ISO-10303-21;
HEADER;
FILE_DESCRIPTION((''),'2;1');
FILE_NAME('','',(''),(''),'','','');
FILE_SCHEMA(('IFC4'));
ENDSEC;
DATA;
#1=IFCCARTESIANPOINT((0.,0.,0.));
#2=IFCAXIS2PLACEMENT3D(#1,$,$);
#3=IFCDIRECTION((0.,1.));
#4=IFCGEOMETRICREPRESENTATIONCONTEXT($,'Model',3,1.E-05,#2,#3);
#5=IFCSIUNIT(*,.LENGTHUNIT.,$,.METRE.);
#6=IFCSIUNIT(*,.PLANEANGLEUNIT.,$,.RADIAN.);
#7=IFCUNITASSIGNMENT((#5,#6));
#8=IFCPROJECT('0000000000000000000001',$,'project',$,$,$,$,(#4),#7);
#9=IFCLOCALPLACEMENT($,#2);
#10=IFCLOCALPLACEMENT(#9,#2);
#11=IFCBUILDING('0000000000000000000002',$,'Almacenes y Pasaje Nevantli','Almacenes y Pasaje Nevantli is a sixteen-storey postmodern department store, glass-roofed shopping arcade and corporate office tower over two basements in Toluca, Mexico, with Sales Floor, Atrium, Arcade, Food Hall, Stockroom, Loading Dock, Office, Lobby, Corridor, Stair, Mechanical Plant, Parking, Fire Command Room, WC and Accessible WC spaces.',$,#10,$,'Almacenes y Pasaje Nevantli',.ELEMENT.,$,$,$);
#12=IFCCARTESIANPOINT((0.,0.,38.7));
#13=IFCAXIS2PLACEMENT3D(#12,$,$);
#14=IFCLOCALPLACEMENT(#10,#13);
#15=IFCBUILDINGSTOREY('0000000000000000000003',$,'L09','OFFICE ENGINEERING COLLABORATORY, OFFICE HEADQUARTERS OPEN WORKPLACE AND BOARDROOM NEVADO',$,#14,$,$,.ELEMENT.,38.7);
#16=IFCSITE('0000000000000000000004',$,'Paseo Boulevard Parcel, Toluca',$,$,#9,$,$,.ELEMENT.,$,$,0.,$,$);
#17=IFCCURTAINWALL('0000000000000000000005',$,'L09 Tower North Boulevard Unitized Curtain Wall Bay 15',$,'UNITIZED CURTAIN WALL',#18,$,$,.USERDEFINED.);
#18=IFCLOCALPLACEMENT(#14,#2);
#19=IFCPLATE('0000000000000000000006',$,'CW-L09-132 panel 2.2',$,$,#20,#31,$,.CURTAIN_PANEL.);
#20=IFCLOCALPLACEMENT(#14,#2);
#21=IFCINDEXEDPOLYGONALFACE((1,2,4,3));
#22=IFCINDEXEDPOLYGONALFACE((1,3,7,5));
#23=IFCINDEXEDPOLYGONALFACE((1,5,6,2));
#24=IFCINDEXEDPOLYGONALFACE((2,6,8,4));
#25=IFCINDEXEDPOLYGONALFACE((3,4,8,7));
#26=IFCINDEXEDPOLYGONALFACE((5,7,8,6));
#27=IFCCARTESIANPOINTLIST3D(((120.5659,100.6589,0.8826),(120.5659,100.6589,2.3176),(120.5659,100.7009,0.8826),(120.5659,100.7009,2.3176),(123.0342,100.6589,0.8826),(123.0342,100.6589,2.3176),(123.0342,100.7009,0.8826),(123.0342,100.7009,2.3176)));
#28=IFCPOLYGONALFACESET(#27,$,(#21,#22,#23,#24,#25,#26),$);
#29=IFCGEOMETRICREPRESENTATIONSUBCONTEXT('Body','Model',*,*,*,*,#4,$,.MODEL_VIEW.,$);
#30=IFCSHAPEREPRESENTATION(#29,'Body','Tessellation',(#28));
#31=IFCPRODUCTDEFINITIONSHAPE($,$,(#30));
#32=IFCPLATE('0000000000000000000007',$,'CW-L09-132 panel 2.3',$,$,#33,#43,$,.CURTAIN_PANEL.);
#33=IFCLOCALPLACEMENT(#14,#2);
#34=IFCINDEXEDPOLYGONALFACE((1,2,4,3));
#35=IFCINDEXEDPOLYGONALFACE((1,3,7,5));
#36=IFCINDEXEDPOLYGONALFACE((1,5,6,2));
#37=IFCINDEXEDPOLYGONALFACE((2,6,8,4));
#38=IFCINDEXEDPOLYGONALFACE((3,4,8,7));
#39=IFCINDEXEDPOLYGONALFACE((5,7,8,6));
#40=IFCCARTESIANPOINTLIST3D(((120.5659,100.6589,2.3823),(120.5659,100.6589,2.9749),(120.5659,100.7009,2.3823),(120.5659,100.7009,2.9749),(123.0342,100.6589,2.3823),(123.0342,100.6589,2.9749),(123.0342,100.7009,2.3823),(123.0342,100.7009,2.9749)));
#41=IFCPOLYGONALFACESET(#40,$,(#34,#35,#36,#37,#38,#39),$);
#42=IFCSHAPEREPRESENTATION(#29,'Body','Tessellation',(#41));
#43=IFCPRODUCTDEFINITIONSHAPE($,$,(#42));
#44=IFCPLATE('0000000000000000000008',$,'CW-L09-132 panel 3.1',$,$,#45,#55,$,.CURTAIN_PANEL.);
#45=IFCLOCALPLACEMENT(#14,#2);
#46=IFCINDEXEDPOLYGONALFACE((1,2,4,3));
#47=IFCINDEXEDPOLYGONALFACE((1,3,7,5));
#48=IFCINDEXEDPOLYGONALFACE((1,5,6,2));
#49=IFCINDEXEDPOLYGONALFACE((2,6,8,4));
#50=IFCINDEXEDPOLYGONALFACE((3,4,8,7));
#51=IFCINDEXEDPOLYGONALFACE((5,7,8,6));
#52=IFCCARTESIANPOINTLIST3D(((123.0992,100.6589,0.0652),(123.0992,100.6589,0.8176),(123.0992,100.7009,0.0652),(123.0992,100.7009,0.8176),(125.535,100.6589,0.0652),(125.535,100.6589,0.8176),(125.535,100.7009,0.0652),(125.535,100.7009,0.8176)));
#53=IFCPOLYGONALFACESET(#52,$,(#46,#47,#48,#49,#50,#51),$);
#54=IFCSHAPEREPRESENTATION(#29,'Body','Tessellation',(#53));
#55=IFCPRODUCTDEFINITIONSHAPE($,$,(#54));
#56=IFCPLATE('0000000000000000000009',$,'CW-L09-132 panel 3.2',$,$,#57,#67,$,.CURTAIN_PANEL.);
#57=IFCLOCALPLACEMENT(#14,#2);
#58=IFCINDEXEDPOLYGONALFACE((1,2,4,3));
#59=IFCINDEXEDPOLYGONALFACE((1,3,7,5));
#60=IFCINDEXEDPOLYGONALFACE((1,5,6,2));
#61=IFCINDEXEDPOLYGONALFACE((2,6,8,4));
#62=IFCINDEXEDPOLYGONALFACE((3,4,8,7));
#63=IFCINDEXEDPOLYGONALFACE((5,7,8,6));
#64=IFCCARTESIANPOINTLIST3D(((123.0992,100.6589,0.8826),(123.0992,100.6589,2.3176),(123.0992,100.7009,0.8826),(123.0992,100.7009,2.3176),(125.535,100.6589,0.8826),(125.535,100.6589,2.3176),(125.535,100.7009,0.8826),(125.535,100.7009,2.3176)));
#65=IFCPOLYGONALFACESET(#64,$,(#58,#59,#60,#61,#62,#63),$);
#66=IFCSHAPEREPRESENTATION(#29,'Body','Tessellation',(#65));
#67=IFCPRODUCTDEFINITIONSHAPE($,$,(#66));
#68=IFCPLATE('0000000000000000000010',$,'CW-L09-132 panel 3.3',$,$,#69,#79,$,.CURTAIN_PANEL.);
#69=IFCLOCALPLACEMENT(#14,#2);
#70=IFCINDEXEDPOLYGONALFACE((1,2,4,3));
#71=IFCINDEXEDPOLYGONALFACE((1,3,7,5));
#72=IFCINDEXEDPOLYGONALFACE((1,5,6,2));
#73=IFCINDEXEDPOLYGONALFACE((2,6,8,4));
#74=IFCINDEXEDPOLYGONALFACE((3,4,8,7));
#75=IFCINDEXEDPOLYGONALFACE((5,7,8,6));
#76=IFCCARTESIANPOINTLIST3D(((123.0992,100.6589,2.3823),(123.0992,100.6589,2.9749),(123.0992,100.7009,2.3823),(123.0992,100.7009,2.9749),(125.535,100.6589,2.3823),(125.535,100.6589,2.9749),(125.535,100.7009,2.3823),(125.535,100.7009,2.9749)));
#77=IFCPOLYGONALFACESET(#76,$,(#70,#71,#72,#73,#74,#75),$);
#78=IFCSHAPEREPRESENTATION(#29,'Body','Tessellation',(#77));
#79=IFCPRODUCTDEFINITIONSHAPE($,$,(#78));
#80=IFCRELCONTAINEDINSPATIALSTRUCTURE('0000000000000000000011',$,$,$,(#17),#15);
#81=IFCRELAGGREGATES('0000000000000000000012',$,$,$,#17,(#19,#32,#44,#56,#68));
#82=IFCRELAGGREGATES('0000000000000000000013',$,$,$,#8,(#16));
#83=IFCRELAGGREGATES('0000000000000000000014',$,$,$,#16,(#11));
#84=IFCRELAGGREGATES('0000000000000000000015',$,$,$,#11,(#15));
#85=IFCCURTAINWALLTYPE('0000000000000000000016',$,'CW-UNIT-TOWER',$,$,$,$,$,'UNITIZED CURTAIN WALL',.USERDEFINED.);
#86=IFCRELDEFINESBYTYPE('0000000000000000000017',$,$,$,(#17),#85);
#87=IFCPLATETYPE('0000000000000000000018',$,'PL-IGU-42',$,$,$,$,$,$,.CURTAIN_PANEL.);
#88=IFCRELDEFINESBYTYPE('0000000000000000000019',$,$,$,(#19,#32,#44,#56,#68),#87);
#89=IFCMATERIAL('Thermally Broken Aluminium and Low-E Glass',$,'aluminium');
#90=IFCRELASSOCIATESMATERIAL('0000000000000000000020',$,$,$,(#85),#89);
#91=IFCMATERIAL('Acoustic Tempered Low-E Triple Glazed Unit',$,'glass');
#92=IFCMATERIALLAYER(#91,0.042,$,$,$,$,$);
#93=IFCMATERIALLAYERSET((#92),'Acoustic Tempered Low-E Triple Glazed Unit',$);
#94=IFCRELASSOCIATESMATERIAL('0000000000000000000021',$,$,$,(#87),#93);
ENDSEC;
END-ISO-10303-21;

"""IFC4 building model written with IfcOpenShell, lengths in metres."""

from ifc_helpers import new_model, si_unit, direction, frame, origin, origin_2d, place, context, subcontext, project, spatial, rectangle, extrude, material, layer, layer_set, type_object, element, aggregate, save


model = new_model("IFC4")

# Units and contexts
model_context = context("Model", 3, precision=1e-05, world=origin(), true_north=direction((0.0, 1.0)))
body_context = subcontext(model_context, "Body", "Model", "MODEL_VIEW")
ifc_project = project(units=[si_unit("LENGTHUNIT", "METRE"), si_unit("PLANEANGLEUNIT", "RADIAN")], contexts=[model_context])

# Site, building, storey
site_placement = place(None, origin())
site = spatial("IfcSite", under=ifc_project, at=site_placement, Name="Paseo Boulevard Parcel, Toluca", CompositionType="ELEMENT", RefElevation=0.0)
building_placement = place(site_placement, origin())
building = spatial("IfcBuilding", under=site, at=building_placement, Name="Almacenes y Pasaje Nevantli", Description="Almacenes y Pasaje Nevantli is a sixteen-storey postmodern department store, glass-roofed shopping arcade and corporate office tower over two basements in Toluca, Mexico, with Sales Floor, Atrium, Arcade, Food Hall, Stockroom, Loading Dock, Office, Lobby, Corridor, Stair, Mechanical Plant, Parking, Fire Command Room, WC and Accessible WC spaces.", LongName="Almacenes y Pasaje Nevantli", CompositionType="ELEMENT")
storey_placement = place(building_placement, frame((0.0, 0.0, 38.7)))
storey = spatial("IfcBuildingStorey", under=building, at=storey_placement, Name="L09", Description="OFFICE ENGINEERING COLLABORATORY, OFFICE HEADQUARTERS OPEN WORKPLACE AND BOARDROOM NEVADO", CompositionType="ELEMENT", Elevation=38.7)

# Curtain wall, plates
ifc_material_1 = material(Name="Thermally Broken Aluminium and Low-E Glass", Category="aluminium")
curtain_wall_type = type_object("IfcCurtainWallType", Name="CW-UNIT-TOWER", ElementType="UNITIZED CURTAIN WALL", PredefinedType="USERDEFINED", material=ifc_material_1)
curtain_wall_placement = place(storey_placement, origin())
curtain_wall = element("IfcCurtainWall", 1, at=curtain_wall_placement, inside=storey, type_object=curtain_wall_type, Name="L09 Tower North Boulevard Unitized Curtain Wall Bay 15", ObjectType="UNITIZED CURTAIN WALL", PredefinedType="USERDEFINED")
ifc_material_2 = material(Name="Acoustic Tempered Low-E Triple Glazed Unit", Category="glass")
ifc_layer = layer(ifc_material_2, 0.042)
ifc_layer_set = layer_set([ifc_layer], Name="Acoustic Tempered Low-E Triple Glazed Unit")
plate_type = type_object("IfcPlateType", Name="PL-IGU-42", PredefinedType="CURTAIN_PANEL", material=ifc_layer_set)
plate_1_placement = place(storey_placement, frame((121.8, 100.6799, 0.8826), z_axis=(0.0, 0.0, 1.0), x_axis=(1.0, 0.0, 0.0)))
plate_1 = element("IfcPlate", 2, at=plate_1_placement, type_object=plate_type, Name="CW-L09-132 panel 2.2", PredefinedType="CURTAIN_PANEL", context=body_context, shape_type="SweptSolid", body=[
    extrude(rectangle(XDim=2.4683, YDim=0.042, at=origin_2d()), origin(), (0.0, 0.0, 1.0), 1.4351),
])
plate_2_placement = place(storey_placement, frame((121.8, 100.6799, 2.3823), z_axis=(0.0, 0.0, 1.0), x_axis=(1.0, 0.0, 0.0)))
plate_2 = element("IfcPlate", 3, at=plate_2_placement, type_object=plate_type, Name="CW-L09-132 panel 2.3", PredefinedType="CURTAIN_PANEL", context=body_context, shape_type="SweptSolid", body=[
    extrude(rectangle(XDim=2.4683, YDim=0.042, at=origin_2d()), origin(), (0.0, 0.0, 1.0), 0.5925),
])
plate_3_placement = place(storey_placement, frame((124.3171, 100.6799, 0.0652), z_axis=(0.0, 0.0, 1.0), x_axis=(1.0, 0.0, 0.0)))
plate_3 = element("IfcPlate", 4, at=plate_3_placement, type_object=plate_type, Name="CW-L09-132 panel 3.1", PredefinedType="CURTAIN_PANEL", context=body_context, shape_type="SweptSolid", body=[
    extrude(rectangle(XDim=2.4358, YDim=0.042, at=origin_2d()), origin(), (0.0, 0.0, 1.0), 0.7524),
])
plate_4_placement = place(storey_placement, frame((124.3171, 100.6799, 0.8826), z_axis=(0.0, 0.0, 1.0), x_axis=(1.0, 0.0, 0.0)))
plate_4 = element("IfcPlate", 5, at=plate_4_placement, type_object=plate_type, Name="CW-L09-132 panel 3.2", PredefinedType="CURTAIN_PANEL", context=body_context, shape_type="SweptSolid", body=[
    extrude(rectangle(XDim=2.4358, YDim=0.042, at=origin_2d()), origin(), (0.0, 0.0, 1.0), 1.4351),
])
plate_5_placement = place(storey_placement, frame((124.3171, 100.6799, 2.3823), z_axis=(0.0, 0.0, 1.0), x_axis=(1.0, 0.0, 0.0)))
plate_5 = element("IfcPlate", 6, at=plate_5_placement, type_object=plate_type, Name="CW-L09-132 panel 3.3", PredefinedType="CURTAIN_PANEL", context=body_context, shape_type="SweptSolid", body=[
    extrude(rectangle(XDim=2.4358, YDim=0.042, at=origin_2d()), origin(), (0.0, 0.0, 1.0), 0.5925),
])
aggregate(curtain_wall, [plate_1, plate_2, plate_3, plate_4, plate_5])

save(model, "model.ifc")
